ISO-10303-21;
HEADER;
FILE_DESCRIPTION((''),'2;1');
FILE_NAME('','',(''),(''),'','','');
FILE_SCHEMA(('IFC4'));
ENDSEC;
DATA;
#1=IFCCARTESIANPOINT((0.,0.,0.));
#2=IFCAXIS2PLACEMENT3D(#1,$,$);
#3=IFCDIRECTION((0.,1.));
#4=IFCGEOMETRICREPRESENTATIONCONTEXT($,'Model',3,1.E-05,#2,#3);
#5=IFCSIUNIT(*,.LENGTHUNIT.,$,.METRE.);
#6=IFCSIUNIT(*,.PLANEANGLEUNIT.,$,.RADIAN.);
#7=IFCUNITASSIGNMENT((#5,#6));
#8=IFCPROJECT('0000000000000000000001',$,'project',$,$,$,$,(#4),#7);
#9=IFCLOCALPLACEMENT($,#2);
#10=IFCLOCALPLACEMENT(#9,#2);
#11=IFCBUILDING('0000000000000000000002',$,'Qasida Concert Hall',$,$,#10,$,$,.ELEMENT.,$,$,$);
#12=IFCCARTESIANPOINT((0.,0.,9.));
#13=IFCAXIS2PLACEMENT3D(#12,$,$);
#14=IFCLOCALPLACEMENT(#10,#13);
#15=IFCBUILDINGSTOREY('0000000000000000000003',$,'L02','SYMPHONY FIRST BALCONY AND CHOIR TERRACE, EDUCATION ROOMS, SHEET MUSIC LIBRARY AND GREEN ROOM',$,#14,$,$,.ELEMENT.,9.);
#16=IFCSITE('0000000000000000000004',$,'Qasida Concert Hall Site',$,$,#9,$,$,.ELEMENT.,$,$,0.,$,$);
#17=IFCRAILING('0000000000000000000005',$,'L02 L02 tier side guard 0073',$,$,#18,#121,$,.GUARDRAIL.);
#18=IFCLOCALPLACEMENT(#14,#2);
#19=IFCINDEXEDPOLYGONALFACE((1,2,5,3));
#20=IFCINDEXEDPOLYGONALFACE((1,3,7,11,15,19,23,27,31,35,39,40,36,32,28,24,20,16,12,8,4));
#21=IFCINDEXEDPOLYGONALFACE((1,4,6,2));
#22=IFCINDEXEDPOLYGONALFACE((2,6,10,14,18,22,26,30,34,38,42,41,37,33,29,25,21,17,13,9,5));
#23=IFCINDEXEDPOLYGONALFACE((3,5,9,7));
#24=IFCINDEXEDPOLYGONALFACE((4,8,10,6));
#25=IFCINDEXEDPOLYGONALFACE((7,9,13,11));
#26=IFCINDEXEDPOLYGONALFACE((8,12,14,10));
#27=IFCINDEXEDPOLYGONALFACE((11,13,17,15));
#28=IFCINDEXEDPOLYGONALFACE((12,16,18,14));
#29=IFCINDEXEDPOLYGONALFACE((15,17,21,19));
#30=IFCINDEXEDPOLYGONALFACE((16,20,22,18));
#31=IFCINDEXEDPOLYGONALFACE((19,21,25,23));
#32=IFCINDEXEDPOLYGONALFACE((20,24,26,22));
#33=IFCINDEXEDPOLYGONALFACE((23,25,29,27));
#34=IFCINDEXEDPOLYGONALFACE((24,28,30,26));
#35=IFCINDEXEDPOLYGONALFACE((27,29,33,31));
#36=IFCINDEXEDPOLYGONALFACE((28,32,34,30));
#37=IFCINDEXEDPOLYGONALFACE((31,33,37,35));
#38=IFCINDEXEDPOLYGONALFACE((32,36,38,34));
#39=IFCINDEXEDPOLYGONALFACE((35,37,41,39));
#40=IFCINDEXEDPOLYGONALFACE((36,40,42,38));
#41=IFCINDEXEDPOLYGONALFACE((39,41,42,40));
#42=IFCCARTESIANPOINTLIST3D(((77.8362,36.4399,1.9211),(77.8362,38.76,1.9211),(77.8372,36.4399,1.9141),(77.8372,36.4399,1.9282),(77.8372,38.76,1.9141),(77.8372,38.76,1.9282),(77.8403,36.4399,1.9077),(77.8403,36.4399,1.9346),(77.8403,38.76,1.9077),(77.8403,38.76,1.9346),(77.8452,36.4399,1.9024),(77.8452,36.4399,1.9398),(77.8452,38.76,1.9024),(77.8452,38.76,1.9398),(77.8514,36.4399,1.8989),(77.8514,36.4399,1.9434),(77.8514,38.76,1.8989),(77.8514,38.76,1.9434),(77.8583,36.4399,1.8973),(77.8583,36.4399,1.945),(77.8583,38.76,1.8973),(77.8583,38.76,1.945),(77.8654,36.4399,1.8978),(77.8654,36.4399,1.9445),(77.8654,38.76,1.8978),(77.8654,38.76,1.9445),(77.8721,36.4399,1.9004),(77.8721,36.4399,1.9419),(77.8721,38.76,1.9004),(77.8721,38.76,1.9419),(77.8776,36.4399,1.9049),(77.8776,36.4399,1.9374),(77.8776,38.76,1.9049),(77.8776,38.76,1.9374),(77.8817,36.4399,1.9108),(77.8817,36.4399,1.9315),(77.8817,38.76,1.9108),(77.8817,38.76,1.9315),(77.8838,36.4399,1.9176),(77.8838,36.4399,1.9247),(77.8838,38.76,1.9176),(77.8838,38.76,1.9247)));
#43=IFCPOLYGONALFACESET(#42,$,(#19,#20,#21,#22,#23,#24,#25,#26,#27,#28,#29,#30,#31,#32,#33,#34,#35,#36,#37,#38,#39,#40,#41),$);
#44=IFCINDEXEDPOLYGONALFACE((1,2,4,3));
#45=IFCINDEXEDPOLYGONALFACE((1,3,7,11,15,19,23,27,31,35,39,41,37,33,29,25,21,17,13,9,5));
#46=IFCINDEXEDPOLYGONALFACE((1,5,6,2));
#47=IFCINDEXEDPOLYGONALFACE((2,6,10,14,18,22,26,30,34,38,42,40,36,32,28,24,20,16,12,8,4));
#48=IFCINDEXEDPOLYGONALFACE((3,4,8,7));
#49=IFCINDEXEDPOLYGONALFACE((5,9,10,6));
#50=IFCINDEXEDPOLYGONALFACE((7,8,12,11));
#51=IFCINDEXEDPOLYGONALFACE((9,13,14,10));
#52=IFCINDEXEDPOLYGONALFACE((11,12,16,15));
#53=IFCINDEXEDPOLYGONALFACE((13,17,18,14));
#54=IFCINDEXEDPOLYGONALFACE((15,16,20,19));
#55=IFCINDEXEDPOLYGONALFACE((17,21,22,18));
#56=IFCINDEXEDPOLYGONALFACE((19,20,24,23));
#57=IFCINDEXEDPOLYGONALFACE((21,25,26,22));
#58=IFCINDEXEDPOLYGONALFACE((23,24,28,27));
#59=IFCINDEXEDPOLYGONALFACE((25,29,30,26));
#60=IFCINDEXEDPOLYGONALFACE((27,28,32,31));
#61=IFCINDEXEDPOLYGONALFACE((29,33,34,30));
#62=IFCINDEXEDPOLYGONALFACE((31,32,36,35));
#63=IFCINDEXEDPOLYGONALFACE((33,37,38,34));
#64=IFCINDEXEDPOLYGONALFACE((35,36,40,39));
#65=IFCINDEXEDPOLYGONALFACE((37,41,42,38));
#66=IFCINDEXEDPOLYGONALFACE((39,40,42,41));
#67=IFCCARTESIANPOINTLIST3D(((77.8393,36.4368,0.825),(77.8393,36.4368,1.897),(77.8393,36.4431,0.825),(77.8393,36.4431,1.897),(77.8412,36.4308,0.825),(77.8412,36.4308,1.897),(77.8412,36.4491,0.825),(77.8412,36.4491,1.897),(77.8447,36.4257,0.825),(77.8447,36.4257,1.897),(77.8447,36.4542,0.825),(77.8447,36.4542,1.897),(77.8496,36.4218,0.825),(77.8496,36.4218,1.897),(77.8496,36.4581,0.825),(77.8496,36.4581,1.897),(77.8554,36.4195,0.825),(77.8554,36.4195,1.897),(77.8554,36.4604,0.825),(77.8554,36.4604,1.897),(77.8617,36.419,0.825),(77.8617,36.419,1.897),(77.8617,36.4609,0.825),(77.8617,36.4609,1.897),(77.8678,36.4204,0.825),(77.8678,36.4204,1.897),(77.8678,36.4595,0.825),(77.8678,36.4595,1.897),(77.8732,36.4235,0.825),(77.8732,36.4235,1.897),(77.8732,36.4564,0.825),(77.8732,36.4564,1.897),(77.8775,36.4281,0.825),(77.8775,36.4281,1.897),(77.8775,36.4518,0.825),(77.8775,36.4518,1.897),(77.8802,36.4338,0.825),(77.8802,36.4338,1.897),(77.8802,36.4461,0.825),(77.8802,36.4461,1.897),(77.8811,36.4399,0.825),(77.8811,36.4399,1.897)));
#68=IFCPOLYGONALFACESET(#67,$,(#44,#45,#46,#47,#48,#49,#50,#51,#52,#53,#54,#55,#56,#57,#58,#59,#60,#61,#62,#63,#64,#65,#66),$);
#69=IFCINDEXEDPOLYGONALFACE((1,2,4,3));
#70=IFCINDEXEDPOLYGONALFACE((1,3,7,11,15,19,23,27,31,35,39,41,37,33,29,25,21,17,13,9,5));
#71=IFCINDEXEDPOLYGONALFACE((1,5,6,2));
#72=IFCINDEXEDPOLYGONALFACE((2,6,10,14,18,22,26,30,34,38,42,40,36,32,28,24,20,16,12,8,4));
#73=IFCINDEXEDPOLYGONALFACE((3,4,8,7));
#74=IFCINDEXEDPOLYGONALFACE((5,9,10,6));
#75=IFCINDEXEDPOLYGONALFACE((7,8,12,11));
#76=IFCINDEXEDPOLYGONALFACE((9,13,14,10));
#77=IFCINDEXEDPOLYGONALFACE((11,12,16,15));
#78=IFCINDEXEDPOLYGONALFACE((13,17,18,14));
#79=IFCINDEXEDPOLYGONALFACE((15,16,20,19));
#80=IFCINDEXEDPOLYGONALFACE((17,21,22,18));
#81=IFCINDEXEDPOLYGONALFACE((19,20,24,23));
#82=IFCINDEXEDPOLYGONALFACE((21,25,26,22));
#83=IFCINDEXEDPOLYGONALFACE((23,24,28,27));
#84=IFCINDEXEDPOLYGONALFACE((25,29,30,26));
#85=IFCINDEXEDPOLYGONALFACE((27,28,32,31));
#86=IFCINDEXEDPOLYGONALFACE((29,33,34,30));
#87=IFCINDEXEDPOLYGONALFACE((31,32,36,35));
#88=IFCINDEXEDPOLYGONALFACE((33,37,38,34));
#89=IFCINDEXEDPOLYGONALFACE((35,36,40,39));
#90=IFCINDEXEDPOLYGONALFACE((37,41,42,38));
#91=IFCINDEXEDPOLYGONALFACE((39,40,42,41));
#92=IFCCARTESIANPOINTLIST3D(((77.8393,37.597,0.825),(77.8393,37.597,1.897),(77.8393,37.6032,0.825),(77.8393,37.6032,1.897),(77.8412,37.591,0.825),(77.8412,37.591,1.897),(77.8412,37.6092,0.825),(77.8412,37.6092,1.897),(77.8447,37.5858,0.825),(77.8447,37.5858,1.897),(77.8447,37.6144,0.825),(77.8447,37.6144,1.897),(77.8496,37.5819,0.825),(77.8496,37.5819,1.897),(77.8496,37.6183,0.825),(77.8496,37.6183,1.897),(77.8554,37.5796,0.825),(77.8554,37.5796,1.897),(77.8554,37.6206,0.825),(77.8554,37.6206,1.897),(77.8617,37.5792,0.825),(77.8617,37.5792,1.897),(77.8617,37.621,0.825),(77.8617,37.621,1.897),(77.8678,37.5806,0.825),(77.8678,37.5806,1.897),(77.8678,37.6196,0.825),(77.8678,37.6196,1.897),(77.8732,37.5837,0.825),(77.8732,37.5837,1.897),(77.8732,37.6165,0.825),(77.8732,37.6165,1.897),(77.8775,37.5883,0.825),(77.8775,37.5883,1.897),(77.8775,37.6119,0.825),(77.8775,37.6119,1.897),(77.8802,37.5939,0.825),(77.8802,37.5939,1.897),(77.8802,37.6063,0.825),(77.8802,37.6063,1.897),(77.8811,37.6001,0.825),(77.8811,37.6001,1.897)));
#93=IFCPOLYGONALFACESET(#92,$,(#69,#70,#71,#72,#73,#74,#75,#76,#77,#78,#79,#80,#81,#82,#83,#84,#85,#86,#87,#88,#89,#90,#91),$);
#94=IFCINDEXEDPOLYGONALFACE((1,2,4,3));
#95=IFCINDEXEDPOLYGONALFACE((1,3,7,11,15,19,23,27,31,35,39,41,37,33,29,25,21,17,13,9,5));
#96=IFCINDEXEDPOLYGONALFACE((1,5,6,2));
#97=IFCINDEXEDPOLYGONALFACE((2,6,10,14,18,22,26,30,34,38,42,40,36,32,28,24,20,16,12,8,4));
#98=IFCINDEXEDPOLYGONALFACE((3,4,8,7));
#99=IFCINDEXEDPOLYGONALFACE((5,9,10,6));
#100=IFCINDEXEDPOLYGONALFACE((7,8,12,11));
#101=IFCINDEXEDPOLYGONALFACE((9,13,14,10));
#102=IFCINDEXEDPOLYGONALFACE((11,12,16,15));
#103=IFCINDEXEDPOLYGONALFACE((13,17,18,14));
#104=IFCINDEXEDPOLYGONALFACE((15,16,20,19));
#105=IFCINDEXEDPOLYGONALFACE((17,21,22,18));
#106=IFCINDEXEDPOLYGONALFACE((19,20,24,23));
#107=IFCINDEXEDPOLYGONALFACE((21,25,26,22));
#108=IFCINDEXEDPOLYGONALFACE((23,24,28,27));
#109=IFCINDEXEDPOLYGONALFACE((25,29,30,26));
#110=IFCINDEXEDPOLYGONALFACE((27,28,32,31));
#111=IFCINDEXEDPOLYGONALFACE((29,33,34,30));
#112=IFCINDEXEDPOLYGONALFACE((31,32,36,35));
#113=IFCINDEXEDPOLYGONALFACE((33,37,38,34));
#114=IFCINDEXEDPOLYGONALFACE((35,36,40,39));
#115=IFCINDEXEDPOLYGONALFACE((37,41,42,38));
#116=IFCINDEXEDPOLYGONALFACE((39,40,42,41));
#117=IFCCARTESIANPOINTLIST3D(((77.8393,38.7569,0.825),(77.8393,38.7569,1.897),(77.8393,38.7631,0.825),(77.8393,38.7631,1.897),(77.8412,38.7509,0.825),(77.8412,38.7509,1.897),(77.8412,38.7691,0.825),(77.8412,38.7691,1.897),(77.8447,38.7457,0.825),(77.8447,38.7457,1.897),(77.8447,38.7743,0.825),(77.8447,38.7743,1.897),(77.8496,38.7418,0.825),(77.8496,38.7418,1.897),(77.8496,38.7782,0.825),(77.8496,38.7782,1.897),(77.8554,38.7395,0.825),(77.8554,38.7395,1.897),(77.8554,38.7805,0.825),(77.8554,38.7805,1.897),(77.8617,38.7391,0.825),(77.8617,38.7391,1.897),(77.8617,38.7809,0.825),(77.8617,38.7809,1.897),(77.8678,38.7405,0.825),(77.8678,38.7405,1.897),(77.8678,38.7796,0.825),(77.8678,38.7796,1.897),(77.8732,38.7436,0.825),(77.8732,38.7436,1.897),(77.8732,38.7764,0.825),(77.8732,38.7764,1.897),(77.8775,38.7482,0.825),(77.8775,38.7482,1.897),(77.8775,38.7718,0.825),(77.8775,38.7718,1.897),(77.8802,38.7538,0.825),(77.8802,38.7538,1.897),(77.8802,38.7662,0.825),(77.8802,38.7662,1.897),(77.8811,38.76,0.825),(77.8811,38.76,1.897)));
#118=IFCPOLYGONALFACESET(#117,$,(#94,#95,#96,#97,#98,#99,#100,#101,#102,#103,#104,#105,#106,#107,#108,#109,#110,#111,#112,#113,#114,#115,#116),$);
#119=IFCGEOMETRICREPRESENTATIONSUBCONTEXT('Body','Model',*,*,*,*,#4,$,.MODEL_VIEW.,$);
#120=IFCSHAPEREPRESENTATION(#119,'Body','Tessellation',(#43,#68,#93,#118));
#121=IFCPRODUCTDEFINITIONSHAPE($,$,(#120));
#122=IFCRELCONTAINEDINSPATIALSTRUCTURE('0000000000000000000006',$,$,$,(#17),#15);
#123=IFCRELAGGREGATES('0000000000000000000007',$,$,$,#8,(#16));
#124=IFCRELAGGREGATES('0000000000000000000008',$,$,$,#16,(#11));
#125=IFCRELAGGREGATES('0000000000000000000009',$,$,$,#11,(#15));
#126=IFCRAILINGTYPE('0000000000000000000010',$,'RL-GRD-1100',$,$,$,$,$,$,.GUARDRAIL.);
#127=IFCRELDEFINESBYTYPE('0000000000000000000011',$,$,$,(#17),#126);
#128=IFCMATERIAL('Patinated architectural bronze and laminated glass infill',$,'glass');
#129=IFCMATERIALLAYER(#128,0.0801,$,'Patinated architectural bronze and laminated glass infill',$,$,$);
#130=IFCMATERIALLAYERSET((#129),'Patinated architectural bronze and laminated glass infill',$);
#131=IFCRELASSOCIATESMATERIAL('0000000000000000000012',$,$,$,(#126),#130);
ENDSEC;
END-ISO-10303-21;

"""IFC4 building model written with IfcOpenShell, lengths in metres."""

from ifc_helpers import new_model, si_unit, direction, frame, origin, origin_2d, place, context, subcontext, project, spatial, circle, extrude, material, layer, layer_set, type_object, element, save


model = new_model("IFC4")

# Units and contexts
model_context = context("Model", 3, precision=1e-05, world=origin(), true_north=direction((0.0, 1.0)))
body_context = subcontext(model_context, "Body", "Model", "MODEL_VIEW")
ifc_project = project(units=[si_unit("LENGTHUNIT", "METRE"), si_unit("PLANEANGLEUNIT", "RADIAN")], contexts=[model_context])

# Site, building, storey
site_placement = place(None, origin())
site = spatial("IfcSite", under=ifc_project, at=site_placement, Name="Qasida Concert Hall Site", CompositionType="ELEMENT", RefElevation=0.0)
building_placement = place(site_placement, origin())
building = spatial("IfcBuilding", under=site, at=building_placement, Name="Qasida Concert Hall", CompositionType="ELEMENT")
storey_placement = place(building_placement, frame((0.0, 0.0, 9.0)))
storey = spatial("IfcBuildingStorey", under=building, at=storey_placement, Name="L02", Description="SYMPHONY FIRST BALCONY AND CHOIR TERRACE, EDUCATION ROOMS, SHEET MUSIC LIBRARY AND GREEN ROOM", CompositionType="ELEMENT", Elevation=9.0)

# Railing
ifc_material_1 = material(Name="Patinated architectural bronze and laminated glass infill", Category="glass")
ifc_layer_1 = layer(ifc_material_1, 0.0801, Name="Patinated architectural bronze and laminated glass infill")
ifc_layer_set_1 = layer_set([ifc_layer_1], Name="Patinated architectural bronze and laminated glass infill")
railing_type_1 = type_object("IfcRailingType", Name="RL-GRD-1100", PredefinedType="GUARDRAIL", material=ifc_layer_set_1)
for number, where, name in (
    (1, (77.8601, 36.4399, 0.825), "L02 L02 tier side guard 0073"),
):
    element("IfcRailing", number, at=place(storey_placement, frame(where)), inside=storey, type_object=railing_type_1, Name=name, PredefinedType="GUARDRAIL", context=body_context, shape_type="SweptSolid", body=[
        extrude(circle(Radius=0.0239, at=origin_2d()), frame((0.0, 0.0, 1.0962), z_axis=(0.0, 1.0, 0.0), x_axis=(-1.0, 0.0, 0.0)), (0.0, 0.0, 1.0), 2.3201),
        extrude(circle(Radius=0.021, at=origin_2d()), origin(), (0.0, 0.0, 1.0), 1.072),
        extrude(circle(Radius=0.021, at=origin_2d()), frame((0.0, 1.1602, 0.0)), (0.0, 0.0, 1.0), 1.072),
        extrude(circle(Radius=0.021, at=origin_2d()), frame((0.0, 2.3201, 0.0)), (0.0, 0.0, 1.0), 1.072),
    ])

save(model, "model.ifc")
